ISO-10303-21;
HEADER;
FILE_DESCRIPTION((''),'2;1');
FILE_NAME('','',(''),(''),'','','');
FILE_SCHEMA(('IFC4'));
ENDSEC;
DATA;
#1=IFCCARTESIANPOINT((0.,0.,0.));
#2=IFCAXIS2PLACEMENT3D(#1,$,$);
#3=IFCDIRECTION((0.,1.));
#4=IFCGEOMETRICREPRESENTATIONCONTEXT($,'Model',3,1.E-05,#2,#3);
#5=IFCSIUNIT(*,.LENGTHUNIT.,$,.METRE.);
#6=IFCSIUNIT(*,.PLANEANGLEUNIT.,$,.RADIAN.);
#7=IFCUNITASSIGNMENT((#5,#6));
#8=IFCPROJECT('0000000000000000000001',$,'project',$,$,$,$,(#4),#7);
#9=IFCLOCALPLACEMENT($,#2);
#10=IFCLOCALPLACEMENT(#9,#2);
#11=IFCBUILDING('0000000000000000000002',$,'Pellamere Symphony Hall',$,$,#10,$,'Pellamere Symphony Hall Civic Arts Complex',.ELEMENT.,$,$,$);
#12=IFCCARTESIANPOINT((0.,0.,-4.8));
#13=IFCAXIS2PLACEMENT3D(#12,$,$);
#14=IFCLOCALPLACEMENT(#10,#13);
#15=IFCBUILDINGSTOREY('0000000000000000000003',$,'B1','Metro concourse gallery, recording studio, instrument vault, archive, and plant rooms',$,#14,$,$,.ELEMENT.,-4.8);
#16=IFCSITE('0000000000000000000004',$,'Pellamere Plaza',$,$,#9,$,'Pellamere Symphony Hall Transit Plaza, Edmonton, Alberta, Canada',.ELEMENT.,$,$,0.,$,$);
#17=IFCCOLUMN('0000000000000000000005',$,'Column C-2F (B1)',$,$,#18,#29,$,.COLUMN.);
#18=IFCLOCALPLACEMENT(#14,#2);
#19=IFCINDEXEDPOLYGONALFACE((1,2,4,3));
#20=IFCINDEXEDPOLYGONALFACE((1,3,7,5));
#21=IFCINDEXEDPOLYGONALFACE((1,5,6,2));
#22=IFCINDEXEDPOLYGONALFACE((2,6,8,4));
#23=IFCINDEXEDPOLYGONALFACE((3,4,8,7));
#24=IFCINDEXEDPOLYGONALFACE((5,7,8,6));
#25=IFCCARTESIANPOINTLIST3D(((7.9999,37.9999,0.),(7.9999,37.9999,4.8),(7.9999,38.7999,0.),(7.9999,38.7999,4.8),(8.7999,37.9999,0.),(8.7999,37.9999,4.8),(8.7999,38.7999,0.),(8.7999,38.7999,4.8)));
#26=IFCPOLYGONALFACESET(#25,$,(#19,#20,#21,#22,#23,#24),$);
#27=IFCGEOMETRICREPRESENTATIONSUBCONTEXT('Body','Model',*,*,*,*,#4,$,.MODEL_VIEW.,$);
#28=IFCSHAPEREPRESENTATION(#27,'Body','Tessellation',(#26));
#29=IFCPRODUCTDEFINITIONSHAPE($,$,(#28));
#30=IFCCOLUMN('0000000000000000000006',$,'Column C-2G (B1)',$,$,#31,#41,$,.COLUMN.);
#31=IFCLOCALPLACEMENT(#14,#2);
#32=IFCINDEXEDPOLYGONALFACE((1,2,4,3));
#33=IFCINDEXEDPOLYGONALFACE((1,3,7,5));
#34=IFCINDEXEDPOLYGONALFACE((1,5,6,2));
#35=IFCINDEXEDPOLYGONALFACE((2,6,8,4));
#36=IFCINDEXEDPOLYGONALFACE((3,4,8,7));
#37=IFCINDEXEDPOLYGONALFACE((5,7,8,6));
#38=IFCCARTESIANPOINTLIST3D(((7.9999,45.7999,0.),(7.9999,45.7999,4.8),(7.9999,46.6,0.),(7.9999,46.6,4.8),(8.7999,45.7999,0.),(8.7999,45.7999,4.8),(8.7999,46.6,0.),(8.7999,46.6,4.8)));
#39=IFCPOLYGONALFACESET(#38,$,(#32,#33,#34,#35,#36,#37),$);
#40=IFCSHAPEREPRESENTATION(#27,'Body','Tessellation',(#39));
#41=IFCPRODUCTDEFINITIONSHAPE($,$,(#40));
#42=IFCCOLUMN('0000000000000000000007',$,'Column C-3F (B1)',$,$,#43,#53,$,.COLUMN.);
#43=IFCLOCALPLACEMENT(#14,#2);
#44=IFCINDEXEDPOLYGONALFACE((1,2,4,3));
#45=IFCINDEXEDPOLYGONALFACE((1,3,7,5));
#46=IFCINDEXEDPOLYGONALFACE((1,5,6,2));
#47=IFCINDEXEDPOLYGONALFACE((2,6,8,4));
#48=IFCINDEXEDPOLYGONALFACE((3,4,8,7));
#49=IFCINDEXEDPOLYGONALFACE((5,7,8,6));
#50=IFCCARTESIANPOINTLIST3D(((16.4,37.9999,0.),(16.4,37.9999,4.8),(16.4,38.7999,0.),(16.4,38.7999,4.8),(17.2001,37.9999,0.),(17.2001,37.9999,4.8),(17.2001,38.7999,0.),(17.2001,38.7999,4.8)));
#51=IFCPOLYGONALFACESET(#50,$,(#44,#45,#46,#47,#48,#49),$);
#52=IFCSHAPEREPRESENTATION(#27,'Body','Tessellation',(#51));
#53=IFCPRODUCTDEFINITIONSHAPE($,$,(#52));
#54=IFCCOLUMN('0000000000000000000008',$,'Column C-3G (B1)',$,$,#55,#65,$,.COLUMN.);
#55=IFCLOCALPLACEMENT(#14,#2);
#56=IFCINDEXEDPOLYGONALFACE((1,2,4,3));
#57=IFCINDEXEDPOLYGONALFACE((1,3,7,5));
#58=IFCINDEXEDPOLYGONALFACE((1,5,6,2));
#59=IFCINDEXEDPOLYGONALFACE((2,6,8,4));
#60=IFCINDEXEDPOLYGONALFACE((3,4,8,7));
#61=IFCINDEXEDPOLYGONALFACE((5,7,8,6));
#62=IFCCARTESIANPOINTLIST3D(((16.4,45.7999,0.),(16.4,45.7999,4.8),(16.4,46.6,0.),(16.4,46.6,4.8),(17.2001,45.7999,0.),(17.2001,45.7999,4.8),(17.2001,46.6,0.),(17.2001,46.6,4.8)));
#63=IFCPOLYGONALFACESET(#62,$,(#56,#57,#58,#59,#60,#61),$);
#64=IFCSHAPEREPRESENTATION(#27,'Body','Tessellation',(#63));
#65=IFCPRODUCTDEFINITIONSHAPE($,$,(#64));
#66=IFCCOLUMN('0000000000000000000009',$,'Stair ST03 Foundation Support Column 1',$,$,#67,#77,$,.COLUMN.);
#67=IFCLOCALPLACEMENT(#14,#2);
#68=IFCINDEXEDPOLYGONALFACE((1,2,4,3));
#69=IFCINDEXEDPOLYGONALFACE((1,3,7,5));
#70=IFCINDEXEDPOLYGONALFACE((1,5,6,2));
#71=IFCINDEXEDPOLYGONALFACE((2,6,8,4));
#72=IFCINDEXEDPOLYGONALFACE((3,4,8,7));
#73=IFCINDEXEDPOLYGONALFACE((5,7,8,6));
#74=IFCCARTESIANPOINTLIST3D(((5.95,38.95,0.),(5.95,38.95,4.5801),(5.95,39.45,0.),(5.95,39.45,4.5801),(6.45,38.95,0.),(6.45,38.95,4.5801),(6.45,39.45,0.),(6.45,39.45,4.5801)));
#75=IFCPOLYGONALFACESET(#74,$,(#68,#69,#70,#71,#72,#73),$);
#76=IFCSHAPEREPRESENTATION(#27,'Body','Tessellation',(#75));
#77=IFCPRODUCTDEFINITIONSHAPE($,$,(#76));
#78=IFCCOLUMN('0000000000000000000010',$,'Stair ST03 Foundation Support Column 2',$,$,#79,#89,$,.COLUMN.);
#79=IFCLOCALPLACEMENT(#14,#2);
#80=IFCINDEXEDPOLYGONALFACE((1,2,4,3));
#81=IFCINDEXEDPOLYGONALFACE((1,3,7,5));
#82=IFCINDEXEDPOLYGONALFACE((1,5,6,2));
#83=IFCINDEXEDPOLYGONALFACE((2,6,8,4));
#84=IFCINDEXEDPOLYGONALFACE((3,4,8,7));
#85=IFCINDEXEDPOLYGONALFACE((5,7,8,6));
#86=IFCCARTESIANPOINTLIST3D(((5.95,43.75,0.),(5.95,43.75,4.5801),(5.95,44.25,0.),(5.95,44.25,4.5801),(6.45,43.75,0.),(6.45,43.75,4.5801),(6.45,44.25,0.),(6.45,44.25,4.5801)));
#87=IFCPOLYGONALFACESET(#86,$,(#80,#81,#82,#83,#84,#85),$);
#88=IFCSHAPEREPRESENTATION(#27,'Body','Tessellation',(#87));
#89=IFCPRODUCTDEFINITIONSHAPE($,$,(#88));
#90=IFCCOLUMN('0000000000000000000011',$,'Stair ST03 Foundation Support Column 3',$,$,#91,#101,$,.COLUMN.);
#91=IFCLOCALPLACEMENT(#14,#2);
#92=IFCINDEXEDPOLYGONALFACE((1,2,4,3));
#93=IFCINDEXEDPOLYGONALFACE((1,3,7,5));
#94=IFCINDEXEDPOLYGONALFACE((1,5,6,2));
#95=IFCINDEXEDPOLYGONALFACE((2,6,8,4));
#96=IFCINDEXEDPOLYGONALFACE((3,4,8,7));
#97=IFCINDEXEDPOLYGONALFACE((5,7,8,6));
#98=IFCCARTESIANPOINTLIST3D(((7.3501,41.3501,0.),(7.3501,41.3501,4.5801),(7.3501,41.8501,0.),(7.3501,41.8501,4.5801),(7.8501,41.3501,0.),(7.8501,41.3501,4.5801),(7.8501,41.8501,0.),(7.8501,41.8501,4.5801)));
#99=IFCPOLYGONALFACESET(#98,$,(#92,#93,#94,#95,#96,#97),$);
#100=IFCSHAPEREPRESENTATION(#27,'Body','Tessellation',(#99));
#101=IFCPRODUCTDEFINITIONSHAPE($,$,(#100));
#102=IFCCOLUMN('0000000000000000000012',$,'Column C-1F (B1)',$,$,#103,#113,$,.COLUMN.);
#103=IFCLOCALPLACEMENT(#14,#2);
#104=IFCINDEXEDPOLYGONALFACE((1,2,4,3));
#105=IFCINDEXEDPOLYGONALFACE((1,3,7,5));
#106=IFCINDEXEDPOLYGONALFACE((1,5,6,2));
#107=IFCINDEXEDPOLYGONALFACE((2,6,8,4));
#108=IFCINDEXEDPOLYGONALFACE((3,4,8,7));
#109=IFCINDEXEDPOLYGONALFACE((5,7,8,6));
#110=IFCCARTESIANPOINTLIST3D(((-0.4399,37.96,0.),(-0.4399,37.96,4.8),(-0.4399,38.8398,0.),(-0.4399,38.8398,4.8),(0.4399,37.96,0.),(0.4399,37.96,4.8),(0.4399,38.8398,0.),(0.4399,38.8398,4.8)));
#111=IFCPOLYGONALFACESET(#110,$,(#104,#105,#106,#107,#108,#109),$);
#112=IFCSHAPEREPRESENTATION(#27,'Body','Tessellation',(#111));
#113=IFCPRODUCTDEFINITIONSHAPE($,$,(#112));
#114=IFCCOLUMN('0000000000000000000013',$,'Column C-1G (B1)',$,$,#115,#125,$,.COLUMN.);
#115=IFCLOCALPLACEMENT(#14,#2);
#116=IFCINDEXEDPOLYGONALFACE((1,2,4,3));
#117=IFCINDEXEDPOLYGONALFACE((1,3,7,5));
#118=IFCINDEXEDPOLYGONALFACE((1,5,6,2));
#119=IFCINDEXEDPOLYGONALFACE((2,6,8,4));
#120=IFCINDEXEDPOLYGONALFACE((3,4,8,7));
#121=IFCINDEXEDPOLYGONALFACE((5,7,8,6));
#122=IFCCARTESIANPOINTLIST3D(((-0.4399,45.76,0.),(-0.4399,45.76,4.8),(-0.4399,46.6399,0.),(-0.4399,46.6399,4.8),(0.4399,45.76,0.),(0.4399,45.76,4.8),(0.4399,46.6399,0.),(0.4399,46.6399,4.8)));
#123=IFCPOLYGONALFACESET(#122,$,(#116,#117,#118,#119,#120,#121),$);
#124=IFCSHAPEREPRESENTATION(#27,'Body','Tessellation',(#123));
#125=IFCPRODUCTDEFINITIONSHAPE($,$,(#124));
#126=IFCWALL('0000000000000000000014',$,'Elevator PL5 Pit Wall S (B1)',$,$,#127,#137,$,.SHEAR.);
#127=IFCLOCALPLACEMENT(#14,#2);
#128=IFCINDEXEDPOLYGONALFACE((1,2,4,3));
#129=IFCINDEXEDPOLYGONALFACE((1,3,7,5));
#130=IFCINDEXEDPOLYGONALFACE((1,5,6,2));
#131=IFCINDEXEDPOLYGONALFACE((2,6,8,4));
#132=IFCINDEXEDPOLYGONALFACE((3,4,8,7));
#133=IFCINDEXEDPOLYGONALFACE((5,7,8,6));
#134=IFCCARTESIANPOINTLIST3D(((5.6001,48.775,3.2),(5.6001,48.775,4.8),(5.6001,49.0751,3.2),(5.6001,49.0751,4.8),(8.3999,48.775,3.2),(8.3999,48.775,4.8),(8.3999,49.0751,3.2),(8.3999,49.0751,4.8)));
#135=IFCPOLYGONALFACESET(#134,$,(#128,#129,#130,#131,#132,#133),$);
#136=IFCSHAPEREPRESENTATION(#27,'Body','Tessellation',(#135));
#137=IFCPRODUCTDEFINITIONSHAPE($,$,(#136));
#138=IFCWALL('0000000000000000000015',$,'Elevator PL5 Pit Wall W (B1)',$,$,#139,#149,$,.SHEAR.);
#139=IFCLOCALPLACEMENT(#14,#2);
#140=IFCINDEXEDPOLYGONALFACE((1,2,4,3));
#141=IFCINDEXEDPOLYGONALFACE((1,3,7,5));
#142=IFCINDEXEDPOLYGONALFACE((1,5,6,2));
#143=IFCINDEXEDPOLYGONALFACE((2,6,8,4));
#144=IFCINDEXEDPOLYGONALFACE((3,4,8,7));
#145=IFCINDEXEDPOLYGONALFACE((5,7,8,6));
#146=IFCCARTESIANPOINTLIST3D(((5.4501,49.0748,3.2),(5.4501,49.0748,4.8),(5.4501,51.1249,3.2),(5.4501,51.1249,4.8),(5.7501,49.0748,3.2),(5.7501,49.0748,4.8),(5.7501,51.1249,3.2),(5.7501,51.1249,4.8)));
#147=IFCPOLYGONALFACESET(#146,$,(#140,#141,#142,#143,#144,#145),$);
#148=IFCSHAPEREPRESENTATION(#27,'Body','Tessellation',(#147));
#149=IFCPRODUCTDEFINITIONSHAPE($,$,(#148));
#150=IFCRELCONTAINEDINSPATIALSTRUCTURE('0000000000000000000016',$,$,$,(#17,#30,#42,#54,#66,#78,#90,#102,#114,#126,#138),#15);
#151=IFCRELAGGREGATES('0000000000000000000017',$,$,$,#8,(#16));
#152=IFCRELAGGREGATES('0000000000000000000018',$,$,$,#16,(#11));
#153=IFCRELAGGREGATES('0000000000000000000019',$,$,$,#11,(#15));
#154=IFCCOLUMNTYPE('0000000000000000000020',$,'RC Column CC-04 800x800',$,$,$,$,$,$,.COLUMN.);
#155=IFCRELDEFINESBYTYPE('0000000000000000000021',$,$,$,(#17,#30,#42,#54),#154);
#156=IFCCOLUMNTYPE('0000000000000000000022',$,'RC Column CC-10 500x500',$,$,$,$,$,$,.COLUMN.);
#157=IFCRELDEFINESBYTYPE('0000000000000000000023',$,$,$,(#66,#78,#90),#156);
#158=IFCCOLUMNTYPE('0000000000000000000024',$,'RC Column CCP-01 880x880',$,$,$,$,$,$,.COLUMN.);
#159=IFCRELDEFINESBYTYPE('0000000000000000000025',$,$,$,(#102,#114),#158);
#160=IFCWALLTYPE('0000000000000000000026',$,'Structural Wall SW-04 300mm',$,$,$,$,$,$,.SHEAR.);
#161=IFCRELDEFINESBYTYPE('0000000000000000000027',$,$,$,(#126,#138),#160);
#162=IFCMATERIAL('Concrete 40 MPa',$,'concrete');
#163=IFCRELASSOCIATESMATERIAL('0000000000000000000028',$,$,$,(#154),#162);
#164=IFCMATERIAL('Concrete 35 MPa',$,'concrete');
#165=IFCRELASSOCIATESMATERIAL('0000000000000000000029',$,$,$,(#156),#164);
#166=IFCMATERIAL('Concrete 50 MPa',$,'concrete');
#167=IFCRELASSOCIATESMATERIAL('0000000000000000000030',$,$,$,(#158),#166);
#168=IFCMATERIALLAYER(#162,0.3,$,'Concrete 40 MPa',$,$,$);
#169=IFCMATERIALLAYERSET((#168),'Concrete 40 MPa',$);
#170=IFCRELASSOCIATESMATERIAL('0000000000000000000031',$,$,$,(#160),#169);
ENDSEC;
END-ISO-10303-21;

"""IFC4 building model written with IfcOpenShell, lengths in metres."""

from ifc_helpers import new_model, si_unit, direction, frame, frame_2d, origin, origin_2d, place, context, subcontext, project, spatial, rectangle, extrude, material, layer, layer_set, material_profile, profile_set, type_object, element, save


model = new_model("IFC4")

# Units and contexts
model_context = context("Model", 3, precision=1e-05, world=origin(), true_north=direction((0.0, 1.0)))
body_context = subcontext(model_context, "Body", "Model", "MODEL_VIEW")
ifc_project = project(units=[si_unit("LENGTHUNIT", "METRE"), si_unit("PLANEANGLEUNIT", "RADIAN")], contexts=[model_context])

# Site, building, storey
site_placement = place(None, origin())
site = spatial("IfcSite", under=ifc_project, at=site_placement, Name="Pellamere Plaza", LongName="Pellamere Symphony Hall Transit Plaza, Edmonton, Alberta, Canada", CompositionType="ELEMENT", RefElevation=0.0)
building_placement = place(site_placement, origin())
building = spatial("IfcBuilding", under=site, at=building_placement, Name="Pellamere Symphony Hall", LongName="Pellamere Symphony Hall Civic Arts Complex", CompositionType="ELEMENT")
storey_placement = place(building_placement, frame((0.0, 0.0, -4.8)))
storey = spatial("IfcBuildingStorey", under=building, at=storey_placement, Name="B1", Description="Metro concourse gallery, recording studio, instrument vault, archive, and plant rooms", CompositionType="ELEMENT", Elevation=-4.8)

# Shared definitions
ifc_material_1 = material(Name="Concrete 35 MPa", Category="concrete")

# Shared definitions
ifc_material_2 = material(Name="Concrete 40 MPa", Category="concrete")

# Columns
ifc_material_profile_1 = material_profile(ifc_material_2, rectangle(XDim=0.8, YDim=0.8, at=origin_2d()), Name="RC 800x800")
ifc_profile_set_1 = profile_set([ifc_material_profile_1], Name="Concrete 40 MPa")
column_type_1 = type_object("IfcColumnType", Name="RC Column CC-04 800x800", PredefinedType="COLUMN", material=ifc_profile_set_1)
for number, where, z_axis, x_axis, name in (
    (1, (8.3999, 38.3999, 0.0), (0.0, 0.0, 1.0), (1.0, 0.0, 0.0), "Column C-2F (B1)"),
    (2, (8.3999, 46.2, 0.0), (0.0, 0.0, 1.0), (1.0, 0.0, 0.0), "Column C-2G (B1)"),
    (3, (16.8, 38.3999, 0.0), (0.0, 0.0, 1.0), (1.0, 0.0, 0.0), "Column C-3F (B1)"),
    (4, (16.8, 46.2, 0.0), (0.0, 0.0, 1.0), (1.0, 0.0, 0.0), "Column C-3G (B1)"),
):
    element("IfcColumn", number, at=place(storey_placement, frame(where, z_axis=z_axis, x_axis=x_axis)), inside=storey, type_object=column_type_1, Name=name, PredefinedType="COLUMN", context=body_context, shape_type="SweptSolid", body=[
        extrude(rectangle(XDim=0.8, YDim=0.8, at=origin_2d()), origin(), (0.0, 0.0, 1.0), 4.8),
    ])
ifc_material_profile_2 = material_profile(ifc_material_1, rectangle(XDim=0.5, YDim=0.5, at=origin_2d()), Name="RC 500x500")
ifc_profile_set_2 = profile_set([ifc_material_profile_2], Name="Concrete 35 MPa")
column_type_2 = type_object("IfcColumnType", Name="RC Column CC-10 500x500", PredefinedType="COLUMN", material=ifc_profile_set_2)
for number, where, z_axis, x_axis, name in (
    (5, (6.2, 39.2, 0.0), (0.0, 0.0, 1.0), (1.0, 0.0, 0.0), "Stair ST03 Foundation Support Column 1"),
    (6, (6.2, 44.0, 0.0), (0.0, 0.0, 1.0), (1.0, 0.0, 0.0), "Stair ST03 Foundation Support Column 2"),
    (7, (7.6001, 41.6001, 0.0), (0.0, 0.0, 1.0), (1.0, 0.0, 0.0), "Stair ST03 Foundation Support Column 3"),
):
    element("IfcColumn", number, at=place(storey_placement, frame(where, z_axis=z_axis, x_axis=x_axis)), inside=storey, type_object=column_type_2, Name=name, PredefinedType="COLUMN", context=body_context, shape_type="SweptSolid", body=[
        extrude(rectangle(XDim=0.5, YDim=0.5, at=origin_2d()), origin(), (0.0, 0.0, 1.0), 4.5801),
    ])
ifc_material_3 = material(Name="Concrete 50 MPa", Category="concrete")
ifc_material_profile_3 = material_profile(ifc_material_3, rectangle(XDim=0.8799, YDim=0.8799, at=origin_2d()), Name="RC 880x880")
ifc_profile_set_3 = profile_set([ifc_material_profile_3], Name="Concrete 50 MPa")
column_type_3 = type_object("IfcColumnType", Name="RC Column CCP-01 880x880", PredefinedType="COLUMN", material=ifc_profile_set_3)
for number, where, z_axis, x_axis, name in (
    (8, (0.0, 38.3999, 0.0), (0.0, 0.0, 1.0), (1.0, 0.0, 0.0), "Column C-1F (B1)"),
    (9, (0.0, 46.2, 0.0), (0.0, 0.0, 1.0), (1.0, 0.0, 0.0), "Column C-1G (B1)"),
):
    element("IfcColumn", number, at=place(storey_placement, frame(where, z_axis=z_axis, x_axis=x_axis)), inside=storey, type_object=column_type_3, Name=name, PredefinedType="COLUMN", context=body_context, shape_type="SweptSolid", body=[
        extrude(rectangle(XDim=0.8799, YDim=0.8799, at=origin_2d()), origin(), (0.0, 0.0, 1.0), 4.8),
    ])

# Walls
ifc_layer = layer(ifc_material_2, 0.3, Name="Concrete 40 MPa")
ifc_layer_set = layer_set([ifc_layer], Name="Concrete 40 MPa")
wall_type = type_object("IfcWallType", Name="Structural Wall SW-04 300mm", PredefinedType="SHEAR", material=ifc_layer_set)
wall_1_placement = place(storey_placement, frame((5.6001, 48.925, 3.2), z_axis=(0.0, 0.0, 1.0), x_axis=(1.0, 0.0, 0.0)))
element("IfcWall", 10, at=wall_1_placement, inside=storey, type_object=wall_type, Name="Elevator PL5 Pit Wall S (B1)", PredefinedType="SHEAR", context=body_context, shape_type="SweptSolid", body=[
    extrude(rectangle(XDim=2.7998, YDim=0.3, at=frame_2d((1.3999, 0.0))), origin(), (0.0, 0.0, 1.0), 1.6001),
])
wall_2_placement = place(storey_placement, frame((5.6001, 49.075, 3.2), z_axis=(0.0, 0.0, 1.0), x_axis=(0.0, 1.0, 0.0)))
element("IfcWall", 11, at=wall_2_placement, inside=storey, type_object=wall_type, Name="Elevator PL5 Pit Wall W (B1)", PredefinedType="SHEAR", context=body_context, shape_type="SweptSolid", body=[
    extrude(rectangle(XDim=2.05, YDim=0.3, at=frame_2d((1.0249, 0.0))), origin(), (0.0, 0.0, 1.0), 1.6001),
])

save(model, "model.ifc")
